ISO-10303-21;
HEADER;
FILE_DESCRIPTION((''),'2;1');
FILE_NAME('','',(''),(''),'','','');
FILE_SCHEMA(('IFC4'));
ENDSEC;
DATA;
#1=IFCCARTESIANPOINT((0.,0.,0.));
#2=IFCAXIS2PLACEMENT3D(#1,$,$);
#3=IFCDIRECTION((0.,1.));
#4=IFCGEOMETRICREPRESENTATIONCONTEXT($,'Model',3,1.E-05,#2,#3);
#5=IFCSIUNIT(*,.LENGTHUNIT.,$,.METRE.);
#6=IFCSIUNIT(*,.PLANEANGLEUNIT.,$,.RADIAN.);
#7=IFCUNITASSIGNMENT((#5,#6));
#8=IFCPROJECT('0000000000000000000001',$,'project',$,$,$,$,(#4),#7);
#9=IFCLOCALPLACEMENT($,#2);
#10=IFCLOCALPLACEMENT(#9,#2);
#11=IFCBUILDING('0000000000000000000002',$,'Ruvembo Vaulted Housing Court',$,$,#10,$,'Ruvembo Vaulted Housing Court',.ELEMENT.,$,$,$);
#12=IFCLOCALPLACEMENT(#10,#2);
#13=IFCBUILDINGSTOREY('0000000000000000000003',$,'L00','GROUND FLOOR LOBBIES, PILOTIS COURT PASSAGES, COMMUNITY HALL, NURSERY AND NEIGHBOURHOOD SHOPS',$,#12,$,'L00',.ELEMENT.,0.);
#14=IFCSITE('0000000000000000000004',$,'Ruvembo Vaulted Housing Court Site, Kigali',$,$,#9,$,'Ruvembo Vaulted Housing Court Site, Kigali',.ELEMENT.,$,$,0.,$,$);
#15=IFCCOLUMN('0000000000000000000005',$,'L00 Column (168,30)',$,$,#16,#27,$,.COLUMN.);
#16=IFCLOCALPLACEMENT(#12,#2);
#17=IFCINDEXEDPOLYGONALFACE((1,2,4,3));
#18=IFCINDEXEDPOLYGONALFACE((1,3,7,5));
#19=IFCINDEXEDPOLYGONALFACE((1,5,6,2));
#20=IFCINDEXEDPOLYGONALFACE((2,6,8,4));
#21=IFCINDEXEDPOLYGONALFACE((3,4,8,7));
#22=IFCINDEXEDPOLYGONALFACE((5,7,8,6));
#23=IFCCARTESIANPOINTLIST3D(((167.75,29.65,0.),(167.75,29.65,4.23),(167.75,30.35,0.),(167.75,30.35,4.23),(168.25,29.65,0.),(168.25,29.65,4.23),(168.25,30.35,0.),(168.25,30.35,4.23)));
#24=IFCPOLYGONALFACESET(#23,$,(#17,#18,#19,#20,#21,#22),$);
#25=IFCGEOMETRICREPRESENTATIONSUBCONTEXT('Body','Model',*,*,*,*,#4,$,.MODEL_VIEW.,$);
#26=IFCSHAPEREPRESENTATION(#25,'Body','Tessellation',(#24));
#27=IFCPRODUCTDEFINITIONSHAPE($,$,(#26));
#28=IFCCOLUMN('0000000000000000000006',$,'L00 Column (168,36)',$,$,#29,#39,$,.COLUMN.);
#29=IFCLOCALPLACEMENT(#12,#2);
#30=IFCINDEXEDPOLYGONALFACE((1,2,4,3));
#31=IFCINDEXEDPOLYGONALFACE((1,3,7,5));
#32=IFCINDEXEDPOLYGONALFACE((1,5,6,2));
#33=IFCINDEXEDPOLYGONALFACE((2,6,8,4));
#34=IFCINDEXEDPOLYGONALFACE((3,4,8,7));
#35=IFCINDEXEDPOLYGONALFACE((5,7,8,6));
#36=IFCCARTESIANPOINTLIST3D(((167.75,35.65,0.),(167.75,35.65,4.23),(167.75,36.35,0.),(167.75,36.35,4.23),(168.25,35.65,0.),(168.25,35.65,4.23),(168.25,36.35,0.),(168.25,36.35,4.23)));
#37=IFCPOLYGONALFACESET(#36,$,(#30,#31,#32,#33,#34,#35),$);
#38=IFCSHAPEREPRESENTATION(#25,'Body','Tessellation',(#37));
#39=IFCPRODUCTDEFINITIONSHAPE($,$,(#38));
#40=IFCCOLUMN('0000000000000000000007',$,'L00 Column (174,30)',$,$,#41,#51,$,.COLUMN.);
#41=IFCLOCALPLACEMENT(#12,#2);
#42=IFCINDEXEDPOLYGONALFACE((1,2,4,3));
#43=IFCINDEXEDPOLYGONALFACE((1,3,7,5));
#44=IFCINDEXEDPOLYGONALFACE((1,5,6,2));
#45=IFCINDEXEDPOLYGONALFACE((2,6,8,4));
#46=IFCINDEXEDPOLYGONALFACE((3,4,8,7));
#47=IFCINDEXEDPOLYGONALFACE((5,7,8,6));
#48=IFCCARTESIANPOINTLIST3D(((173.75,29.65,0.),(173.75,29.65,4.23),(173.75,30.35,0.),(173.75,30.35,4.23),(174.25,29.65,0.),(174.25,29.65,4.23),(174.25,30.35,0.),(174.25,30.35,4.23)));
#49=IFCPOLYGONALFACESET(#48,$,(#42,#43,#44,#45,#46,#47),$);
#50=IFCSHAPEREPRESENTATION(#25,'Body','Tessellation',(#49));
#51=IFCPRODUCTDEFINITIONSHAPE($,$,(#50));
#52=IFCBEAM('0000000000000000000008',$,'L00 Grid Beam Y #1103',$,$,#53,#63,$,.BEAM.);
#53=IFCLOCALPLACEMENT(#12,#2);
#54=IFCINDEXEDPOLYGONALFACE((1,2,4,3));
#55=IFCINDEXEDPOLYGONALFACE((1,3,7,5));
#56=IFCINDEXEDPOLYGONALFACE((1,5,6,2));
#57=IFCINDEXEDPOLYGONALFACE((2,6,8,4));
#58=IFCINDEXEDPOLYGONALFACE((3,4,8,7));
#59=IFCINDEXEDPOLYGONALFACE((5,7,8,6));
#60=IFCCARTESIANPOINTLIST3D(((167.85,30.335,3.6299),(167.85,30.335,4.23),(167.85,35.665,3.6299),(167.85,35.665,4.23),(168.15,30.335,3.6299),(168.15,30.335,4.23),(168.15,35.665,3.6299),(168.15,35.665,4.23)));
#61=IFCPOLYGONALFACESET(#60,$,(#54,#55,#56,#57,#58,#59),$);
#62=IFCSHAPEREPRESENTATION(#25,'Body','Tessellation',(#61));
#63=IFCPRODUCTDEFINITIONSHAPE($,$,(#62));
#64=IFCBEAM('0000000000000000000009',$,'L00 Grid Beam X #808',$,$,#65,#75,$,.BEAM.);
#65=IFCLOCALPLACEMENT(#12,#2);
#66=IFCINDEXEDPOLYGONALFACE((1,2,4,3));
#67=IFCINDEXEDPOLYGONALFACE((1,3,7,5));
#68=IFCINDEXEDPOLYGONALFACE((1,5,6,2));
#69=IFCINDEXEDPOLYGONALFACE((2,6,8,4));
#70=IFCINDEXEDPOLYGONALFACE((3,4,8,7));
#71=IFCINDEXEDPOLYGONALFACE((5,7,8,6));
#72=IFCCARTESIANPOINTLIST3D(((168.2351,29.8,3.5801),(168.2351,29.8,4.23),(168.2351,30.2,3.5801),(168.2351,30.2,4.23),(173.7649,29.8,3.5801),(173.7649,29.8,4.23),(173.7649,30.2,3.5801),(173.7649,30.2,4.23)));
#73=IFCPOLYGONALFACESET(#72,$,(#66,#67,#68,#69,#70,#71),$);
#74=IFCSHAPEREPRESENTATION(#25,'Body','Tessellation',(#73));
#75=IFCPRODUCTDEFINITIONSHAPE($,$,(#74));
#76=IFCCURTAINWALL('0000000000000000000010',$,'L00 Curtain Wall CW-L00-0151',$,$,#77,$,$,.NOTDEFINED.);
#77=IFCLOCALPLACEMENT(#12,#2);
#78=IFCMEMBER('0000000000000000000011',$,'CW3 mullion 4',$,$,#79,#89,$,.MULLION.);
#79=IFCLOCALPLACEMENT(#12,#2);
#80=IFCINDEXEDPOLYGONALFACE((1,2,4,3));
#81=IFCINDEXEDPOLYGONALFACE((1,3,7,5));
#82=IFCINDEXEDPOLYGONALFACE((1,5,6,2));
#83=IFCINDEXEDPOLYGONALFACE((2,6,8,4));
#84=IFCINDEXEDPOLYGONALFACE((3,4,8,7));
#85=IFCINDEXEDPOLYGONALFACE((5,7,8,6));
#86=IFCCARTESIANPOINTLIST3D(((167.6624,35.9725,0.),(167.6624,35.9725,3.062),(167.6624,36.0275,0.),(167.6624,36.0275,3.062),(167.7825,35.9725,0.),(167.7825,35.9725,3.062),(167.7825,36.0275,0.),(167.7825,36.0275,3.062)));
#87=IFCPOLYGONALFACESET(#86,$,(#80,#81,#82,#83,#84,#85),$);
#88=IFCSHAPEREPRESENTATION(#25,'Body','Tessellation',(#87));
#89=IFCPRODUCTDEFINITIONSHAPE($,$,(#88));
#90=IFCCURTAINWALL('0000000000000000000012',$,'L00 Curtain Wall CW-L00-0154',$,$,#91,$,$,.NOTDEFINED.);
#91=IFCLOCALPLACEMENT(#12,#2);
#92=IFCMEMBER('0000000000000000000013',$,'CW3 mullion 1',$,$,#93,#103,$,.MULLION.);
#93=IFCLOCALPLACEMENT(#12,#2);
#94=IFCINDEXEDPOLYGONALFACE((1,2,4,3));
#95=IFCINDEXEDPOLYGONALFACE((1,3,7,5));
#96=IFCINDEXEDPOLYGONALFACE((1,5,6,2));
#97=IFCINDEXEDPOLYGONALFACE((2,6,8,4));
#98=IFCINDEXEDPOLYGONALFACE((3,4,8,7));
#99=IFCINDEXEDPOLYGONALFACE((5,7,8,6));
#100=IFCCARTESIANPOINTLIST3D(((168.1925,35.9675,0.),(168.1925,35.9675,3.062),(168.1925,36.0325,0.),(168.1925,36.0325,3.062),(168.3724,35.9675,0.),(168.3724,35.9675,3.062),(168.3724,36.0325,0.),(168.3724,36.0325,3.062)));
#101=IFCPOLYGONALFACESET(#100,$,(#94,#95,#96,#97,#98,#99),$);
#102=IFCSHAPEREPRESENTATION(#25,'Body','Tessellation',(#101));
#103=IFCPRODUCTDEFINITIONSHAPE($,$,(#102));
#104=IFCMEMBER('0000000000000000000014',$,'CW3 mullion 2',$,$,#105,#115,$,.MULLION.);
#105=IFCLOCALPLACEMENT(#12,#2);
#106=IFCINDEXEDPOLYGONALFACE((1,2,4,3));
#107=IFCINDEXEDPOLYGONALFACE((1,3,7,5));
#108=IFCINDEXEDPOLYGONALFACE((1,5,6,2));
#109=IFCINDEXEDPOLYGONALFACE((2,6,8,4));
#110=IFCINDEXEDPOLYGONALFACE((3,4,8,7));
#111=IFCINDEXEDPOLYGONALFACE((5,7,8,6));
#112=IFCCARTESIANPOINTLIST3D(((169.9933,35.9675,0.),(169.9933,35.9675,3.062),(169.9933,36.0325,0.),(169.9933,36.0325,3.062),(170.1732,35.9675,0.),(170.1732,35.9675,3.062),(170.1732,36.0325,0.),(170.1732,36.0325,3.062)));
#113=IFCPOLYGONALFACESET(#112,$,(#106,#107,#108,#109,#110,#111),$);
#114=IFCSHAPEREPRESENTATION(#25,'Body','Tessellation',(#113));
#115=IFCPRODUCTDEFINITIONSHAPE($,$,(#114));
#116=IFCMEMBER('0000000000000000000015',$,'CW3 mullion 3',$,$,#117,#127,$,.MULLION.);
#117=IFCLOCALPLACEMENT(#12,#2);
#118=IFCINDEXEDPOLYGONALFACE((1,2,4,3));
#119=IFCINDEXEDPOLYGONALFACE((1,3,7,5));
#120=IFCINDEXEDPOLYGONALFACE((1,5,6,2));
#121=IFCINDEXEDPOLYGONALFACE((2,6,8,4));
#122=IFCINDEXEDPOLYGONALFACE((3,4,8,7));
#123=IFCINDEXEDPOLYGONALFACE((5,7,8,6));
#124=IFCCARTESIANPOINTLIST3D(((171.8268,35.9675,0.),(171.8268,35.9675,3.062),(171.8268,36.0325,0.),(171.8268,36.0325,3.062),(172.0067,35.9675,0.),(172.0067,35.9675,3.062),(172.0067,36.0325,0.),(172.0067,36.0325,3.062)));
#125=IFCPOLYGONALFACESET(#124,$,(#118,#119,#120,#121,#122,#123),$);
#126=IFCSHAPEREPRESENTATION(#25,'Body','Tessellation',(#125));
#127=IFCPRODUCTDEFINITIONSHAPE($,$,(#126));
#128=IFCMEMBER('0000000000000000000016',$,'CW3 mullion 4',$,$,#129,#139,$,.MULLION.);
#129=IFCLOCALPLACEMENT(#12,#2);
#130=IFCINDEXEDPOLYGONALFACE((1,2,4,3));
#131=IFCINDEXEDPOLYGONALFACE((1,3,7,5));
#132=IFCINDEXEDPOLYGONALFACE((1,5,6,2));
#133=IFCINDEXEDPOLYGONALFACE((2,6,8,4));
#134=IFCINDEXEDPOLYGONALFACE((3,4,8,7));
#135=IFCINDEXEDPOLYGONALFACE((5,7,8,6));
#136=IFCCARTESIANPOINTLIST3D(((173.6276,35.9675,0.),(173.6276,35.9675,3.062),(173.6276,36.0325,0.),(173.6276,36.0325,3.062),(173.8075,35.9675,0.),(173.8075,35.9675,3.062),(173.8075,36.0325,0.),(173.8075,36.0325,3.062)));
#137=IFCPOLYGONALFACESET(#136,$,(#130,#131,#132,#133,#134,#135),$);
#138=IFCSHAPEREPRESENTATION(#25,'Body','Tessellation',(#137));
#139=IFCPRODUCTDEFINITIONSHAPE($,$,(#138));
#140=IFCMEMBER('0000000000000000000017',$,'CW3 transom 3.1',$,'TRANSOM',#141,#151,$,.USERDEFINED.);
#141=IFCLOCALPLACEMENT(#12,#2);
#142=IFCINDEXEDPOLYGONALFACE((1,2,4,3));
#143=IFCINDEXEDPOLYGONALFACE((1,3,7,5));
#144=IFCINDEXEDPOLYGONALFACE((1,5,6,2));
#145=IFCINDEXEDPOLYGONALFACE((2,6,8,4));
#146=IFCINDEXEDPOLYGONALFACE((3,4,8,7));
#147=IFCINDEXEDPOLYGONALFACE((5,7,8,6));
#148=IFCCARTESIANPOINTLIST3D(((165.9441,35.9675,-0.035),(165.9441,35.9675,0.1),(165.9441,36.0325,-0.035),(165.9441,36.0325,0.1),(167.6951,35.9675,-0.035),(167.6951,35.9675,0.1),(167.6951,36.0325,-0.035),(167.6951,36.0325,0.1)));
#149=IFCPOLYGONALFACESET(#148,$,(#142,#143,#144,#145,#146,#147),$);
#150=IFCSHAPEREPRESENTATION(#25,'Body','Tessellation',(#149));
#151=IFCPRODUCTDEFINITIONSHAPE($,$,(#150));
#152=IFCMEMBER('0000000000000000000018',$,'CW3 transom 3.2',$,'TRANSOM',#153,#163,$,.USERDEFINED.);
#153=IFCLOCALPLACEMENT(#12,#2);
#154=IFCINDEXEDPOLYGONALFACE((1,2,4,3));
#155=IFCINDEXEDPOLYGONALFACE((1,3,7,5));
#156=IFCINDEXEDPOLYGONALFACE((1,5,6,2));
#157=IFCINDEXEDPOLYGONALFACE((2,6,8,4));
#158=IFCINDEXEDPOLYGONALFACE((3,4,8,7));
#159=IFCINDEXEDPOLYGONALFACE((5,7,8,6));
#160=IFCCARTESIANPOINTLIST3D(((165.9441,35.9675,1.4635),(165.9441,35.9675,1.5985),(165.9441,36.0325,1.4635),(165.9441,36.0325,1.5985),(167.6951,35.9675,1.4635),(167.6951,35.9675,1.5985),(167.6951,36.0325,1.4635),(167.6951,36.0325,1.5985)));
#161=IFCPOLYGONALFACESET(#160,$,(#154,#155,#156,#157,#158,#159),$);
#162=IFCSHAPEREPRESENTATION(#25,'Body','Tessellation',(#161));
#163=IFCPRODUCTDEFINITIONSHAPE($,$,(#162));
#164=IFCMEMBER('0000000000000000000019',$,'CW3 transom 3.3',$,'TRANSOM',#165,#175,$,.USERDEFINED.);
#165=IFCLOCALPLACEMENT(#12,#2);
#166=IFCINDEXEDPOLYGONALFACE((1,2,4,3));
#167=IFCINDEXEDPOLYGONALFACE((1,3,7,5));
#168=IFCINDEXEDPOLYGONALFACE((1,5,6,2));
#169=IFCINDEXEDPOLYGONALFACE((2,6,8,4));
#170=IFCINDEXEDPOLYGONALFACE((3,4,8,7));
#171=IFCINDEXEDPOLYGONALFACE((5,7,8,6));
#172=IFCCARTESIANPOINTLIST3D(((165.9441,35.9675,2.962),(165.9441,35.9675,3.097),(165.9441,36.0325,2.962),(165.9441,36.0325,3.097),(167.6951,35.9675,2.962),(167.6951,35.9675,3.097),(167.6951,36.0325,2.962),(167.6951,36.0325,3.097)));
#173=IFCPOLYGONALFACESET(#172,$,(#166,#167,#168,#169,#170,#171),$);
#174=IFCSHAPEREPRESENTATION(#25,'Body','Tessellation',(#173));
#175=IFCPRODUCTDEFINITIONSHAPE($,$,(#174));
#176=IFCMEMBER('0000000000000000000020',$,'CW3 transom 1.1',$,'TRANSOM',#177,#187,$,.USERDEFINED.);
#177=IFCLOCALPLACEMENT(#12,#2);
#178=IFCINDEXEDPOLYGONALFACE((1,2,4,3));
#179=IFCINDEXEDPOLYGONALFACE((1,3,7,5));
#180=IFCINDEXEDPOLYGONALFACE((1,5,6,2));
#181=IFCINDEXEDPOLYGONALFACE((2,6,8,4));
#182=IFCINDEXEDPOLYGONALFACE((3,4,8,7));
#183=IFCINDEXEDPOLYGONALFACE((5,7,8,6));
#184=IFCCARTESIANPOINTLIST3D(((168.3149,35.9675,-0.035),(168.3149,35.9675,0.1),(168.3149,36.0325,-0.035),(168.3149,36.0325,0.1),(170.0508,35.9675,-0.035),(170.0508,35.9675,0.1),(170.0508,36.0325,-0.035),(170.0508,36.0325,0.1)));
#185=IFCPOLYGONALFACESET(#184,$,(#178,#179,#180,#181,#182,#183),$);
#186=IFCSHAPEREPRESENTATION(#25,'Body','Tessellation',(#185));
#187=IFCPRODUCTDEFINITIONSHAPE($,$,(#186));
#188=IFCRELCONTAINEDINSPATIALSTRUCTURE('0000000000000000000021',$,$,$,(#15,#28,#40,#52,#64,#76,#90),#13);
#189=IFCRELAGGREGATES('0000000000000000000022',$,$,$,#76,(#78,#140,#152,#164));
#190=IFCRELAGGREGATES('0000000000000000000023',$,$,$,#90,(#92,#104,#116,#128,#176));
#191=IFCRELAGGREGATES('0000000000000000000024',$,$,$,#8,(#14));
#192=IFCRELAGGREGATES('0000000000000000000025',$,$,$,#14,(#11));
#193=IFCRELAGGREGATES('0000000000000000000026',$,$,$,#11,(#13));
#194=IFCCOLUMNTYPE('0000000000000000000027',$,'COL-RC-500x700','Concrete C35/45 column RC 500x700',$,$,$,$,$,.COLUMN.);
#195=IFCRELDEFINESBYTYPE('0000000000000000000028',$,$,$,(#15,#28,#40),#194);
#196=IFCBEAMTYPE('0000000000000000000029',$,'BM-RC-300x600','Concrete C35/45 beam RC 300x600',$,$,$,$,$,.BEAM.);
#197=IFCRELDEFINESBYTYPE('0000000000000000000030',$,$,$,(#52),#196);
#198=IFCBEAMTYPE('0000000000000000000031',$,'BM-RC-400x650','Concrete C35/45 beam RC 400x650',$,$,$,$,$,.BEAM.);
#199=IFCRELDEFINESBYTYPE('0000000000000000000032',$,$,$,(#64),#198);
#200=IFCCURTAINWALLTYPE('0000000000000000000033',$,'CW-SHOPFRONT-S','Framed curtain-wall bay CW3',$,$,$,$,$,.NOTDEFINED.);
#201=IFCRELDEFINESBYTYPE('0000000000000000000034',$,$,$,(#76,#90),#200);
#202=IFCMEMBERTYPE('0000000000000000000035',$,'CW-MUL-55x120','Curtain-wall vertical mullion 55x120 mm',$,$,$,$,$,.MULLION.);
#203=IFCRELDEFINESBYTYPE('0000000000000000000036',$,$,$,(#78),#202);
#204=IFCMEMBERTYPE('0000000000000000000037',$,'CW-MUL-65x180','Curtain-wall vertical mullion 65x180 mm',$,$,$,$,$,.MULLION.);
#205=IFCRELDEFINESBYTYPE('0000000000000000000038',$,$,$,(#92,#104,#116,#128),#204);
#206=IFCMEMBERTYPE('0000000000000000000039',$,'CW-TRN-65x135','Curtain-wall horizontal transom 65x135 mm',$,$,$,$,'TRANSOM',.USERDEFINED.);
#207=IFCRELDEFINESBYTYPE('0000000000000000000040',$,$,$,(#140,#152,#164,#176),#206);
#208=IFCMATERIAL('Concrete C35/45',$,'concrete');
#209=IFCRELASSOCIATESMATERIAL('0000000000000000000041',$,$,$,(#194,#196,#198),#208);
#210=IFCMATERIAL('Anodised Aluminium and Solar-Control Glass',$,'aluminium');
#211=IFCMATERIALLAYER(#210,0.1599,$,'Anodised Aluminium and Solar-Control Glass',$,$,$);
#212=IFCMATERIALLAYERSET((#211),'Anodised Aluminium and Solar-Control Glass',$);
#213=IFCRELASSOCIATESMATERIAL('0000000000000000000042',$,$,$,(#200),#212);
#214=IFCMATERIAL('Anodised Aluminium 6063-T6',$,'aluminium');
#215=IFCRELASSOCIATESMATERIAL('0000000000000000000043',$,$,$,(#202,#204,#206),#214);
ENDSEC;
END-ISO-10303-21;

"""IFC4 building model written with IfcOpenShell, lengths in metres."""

from ifc_helpers import new_model, si_unit, direction, frame, origin, origin_2d, place, context, subcontext, project, spatial, rectangle, extrude, material, layer, layer_set, material_profile, profile_set, type_object, element, aggregate, save


model = new_model("IFC4")

# Units and contexts
model_context = context("Model", 3, precision=1e-05, world=origin(), true_north=direction((0.0, 1.0)))
body_context = subcontext(model_context, "Body", "Model", "MODEL_VIEW")
ifc_project = project(units=[si_unit("LENGTHUNIT", "METRE"), si_unit("PLANEANGLEUNIT", "RADIAN")], contexts=[model_context])

# Site, building, storey
site_placement = place(None, origin())
site = spatial("IfcSite", under=ifc_project, at=site_placement, Name="Ruvembo Vaulted Housing Court Site, Kigali", LongName="Ruvembo Vaulted Housing Court Site, Kigali", CompositionType="ELEMENT", RefElevation=0.0)
building_placement = place(site_placement, origin())
building = spatial("IfcBuilding", under=site, at=building_placement, Name="Ruvembo Vaulted Housing Court", LongName="Ruvembo Vaulted Housing Court", CompositionType="ELEMENT")
storey_placement = place(building_placement, origin())
storey = spatial("IfcBuildingStorey", under=building, at=storey_placement, Name="L00", Description="GROUND FLOOR LOBBIES, PILOTIS COURT PASSAGES, COMMUNITY HALL, NURSERY AND NEIGHBOURHOOD SHOPS", LongName="L00", CompositionType="ELEMENT", Elevation=0.0)

# Columns
ifc_material_1 = material(Name="Concrete C35/45", Category="concrete")
ifc_material_profile_1 = material_profile(ifc_material_1, rectangle(XDim=0.5, YDim=0.7, at=origin_2d()), Name="RC 500x700")
ifc_profile_set_1 = profile_set([ifc_material_profile_1], Name="Concrete C35/45")
column_type = type_object("IfcColumnType", Name="COL-RC-500x700", Description="Concrete C35/45 column RC 500x700", PredefinedType="COLUMN", material=ifc_profile_set_1)
for number, where, z_axis, x_axis, name in (
    (1, (168.0, 30.0, 0.0), (0.0, 0.0, 1.0), (1.0, 0.0, 0.0), "L00 Column (168,30)"),
    (2, (168.0, 36.0, 0.0), (0.0, 0.0, 1.0), (1.0, 0.0, 0.0), "L00 Column (168,36)"),
    (3, (174.0, 30.0, 0.0), (0.0, 0.0, 1.0), (1.0, 0.0, 0.0), "L00 Column (174,30)"),
):
    element("IfcColumn", number, at=place(storey_placement, frame(where, z_axis=z_axis, x_axis=x_axis)), inside=storey, type_object=column_type, Name=name, PredefinedType="COLUMN", context=body_context, shape_type="SweptSolid", body=[
        extrude(rectangle(XDim=0.5, YDim=0.7, at=origin_2d()), origin(), (0.0, 0.0, 1.0), 4.23),
    ])

# Beams
ifc_material_profile_2 = material_profile(ifc_material_1, rectangle(XDim=0.3, YDim=0.6001, at=origin_2d()), Name="RC 300x600")
ifc_profile_set_2 = profile_set([ifc_material_profile_2], Name="Concrete C35/45")
beam_type_1 = type_object("IfcBeamType", Name="BM-RC-300x600", Description="Concrete C35/45 beam RC 300x600", PredefinedType="BEAM", material=ifc_profile_set_2)
beam_1_placement = place(storey_placement, frame((168.0, 30.335, 3.9299), z_axis=(0.0, 1.0, 0.0), x_axis=(-1.0, 0.0, 0.0)))
element("IfcBeam", 4, at=beam_1_placement, inside=storey, type_object=beam_type_1, Name="L00 Grid Beam Y #1103", PredefinedType="BEAM", context=body_context, shape_type="SweptSolid", body=[
    extrude(rectangle(XDim=0.3, YDim=0.6001, at=origin_2d()), origin(), (0.0, 0.0, 1.0), 5.3301),
])
ifc_material_profile_3 = material_profile(ifc_material_1, rectangle(XDim=0.3999, YDim=0.6499, at=origin_2d()), Name="RC 400x650")
ifc_profile_set_3 = profile_set([ifc_material_profile_3], Name="Concrete C35/45")
beam_type_2 = type_object("IfcBeamType", Name="BM-RC-400x650", Description="Concrete C35/45 beam RC 400x650", PredefinedType="BEAM", material=ifc_profile_set_3)
beam_2_placement = place(storey_placement, frame((168.2351, 30.0, 3.905), z_axis=(1.0, 0.0, 0.0), x_axis=(0.0, 1.0, 0.0)))
element("IfcBeam", 5, at=beam_2_placement, inside=storey, type_object=beam_type_2, Name="L00 Grid Beam X #808", PredefinedType="BEAM", context=body_context, shape_type="SweptSolid", body=[
    extrude(rectangle(XDim=0.3999, YDim=0.6499, at=origin_2d()), origin(), (0.0, 0.0, 1.0), 5.5298),
])

# Curtain wall, member
ifc_material_2 = material(Name="Anodised Aluminium and Solar-Control Glass", Category="aluminium")
ifc_layer_1 = layer(ifc_material_2, 0.1599, Name="Anodised Aluminium and Solar-Control Glass")
ifc_layer_set_1 = layer_set([ifc_layer_1], Name="Anodised Aluminium and Solar-Control Glass")
curtain_wall_type = type_object("IfcCurtainWallType", Name="CW-SHOPFRONT-S", Description="Framed curtain-wall bay CW3", PredefinedType="NOTDEFINED", material=ifc_layer_set_1)
curtain_wall_1_placement = place(storey_placement, origin())
curtain_wall_1 = element("IfcCurtainWall", 6, at=curtain_wall_1_placement, inside=storey, type_object=curtain_wall_type, Name="L00 Curtain Wall CW-L00-0151", PredefinedType="NOTDEFINED")
ifc_material_3 = material(Name="Anodised Aluminium 6063-T6", Category="aluminium")
ifc_material_profile_4 = material_profile(ifc_material_3, rectangle(XDim=0.0549, YDim=0.1201, at=origin_2d()), Name="ALU 55x120")
ifc_profile_set_4 = profile_set([ifc_material_profile_4], Name="Anodised Aluminium 6063-T6")
member_type_1 = type_object("IfcMemberType", Name="CW-MUL-55x120", Description="Curtain-wall vertical mullion 55x120 mm", PredefinedType="MULLION", material=ifc_profile_set_4)
member_1_placement = place(storey_placement, frame((167.7224, 36.0, 0.0), z_axis=(0.0, 0.0, 1.0), x_axis=(0.0, 1.0, 0.0)))
member_1 = element("IfcMember", 7, at=member_1_placement, type_object=member_type_1, Name="CW3 mullion 4", PredefinedType="MULLION", context=body_context, shape_type="SweptSolid", body=[
    extrude(rectangle(XDim=0.0549, YDim=0.1201, at=origin_2d()), origin(), (0.0, 0.0, 1.0), 3.062),
])

# Curtain wall, members
curtain_wall_2_placement = place(storey_placement, origin())
curtain_wall_2 = element("IfcCurtainWall", 8, at=curtain_wall_2_placement, inside=storey, type_object=curtain_wall_type, Name="L00 Curtain Wall CW-L00-0154", PredefinedType="NOTDEFINED")
ifc_material_profile_5 = material_profile(ifc_material_3, rectangle(XDim=0.0649, YDim=0.1799, at=origin_2d()), Name="ALU 65x180")
ifc_profile_set_5 = profile_set([ifc_material_profile_5], Name="Anodised Aluminium 6063-T6")
member_type_2 = type_object("IfcMemberType", Name="CW-MUL-65x180", Description="Curtain-wall vertical mullion 65x180 mm", PredefinedType="MULLION", material=ifc_profile_set_5)
member_2_placement = place(storey_placement, frame((168.2825, 36.0, 0.0), z_axis=(0.0, 0.0, 1.0), x_axis=(0.0, 1.0, 0.0)))
member_2 = element("IfcMember", 9, at=member_2_placement, type_object=member_type_2, Name="CW3 mullion 1", PredefinedType="MULLION", context=body_context, shape_type="SweptSolid", body=[
    extrude(rectangle(XDim=0.0649, YDim=0.1799, at=origin_2d()), origin(), (0.0, 0.0, 1.0), 3.062),
])
member_3_placement = place(storey_placement, frame((170.0833, 36.0, 0.0), z_axis=(0.0, 0.0, 1.0), x_axis=(0.0, 1.0, 0.0)))
member_3 = element("IfcMember", 10, at=member_3_placement, type_object=member_type_2, Name="CW3 mullion 2", PredefinedType="MULLION", context=body_context, shape_type="SweptSolid", body=[
    extrude(rectangle(XDim=0.0649, YDim=0.1799, at=origin_2d()), origin(), (0.0, 0.0, 1.0), 3.062),
])
member_4_placement = place(storey_placement, frame((171.9167, 36.0, 0.0), z_axis=(0.0, 0.0, 1.0), x_axis=(0.0, 1.0, 0.0)))
member_4 = element("IfcMember", 11, at=member_4_placement, type_object=member_type_2, Name="CW3 mullion 3", PredefinedType="MULLION", context=body_context, shape_type="SweptSolid", body=[
    extrude(rectangle(XDim=0.0649, YDim=0.1799, at=origin_2d()), origin(), (0.0, 0.0, 1.0), 3.062),
])
member_5_placement = place(storey_placement, frame((173.7175, 36.0, 0.0), z_axis=(0.0, 0.0, 1.0), x_axis=(0.0, 1.0, 0.0)))
member_5 = element("IfcMember", 12, at=member_5_placement, type_object=member_type_2, Name="CW3 mullion 4", PredefinedType="MULLION", context=body_context, shape_type="SweptSolid", body=[
    extrude(rectangle(XDim=0.0649, YDim=0.1799, at=origin_2d()), origin(), (0.0, 0.0, 1.0), 3.062),
])

# Members
ifc_material_profile_6 = material_profile(ifc_material_3, rectangle(XDim=0.0649, YDim=0.135, at=origin_2d()), Name="ALU 65x135")
ifc_profile_set_6 = profile_set([ifc_material_profile_6], Name="Anodised Aluminium 6063-T6")
member_type_3 = type_object("IfcMemberType", Name="CW-TRN-65x135", Description="Curtain-wall horizontal transom 65x135 mm", ElementType="TRANSOM", PredefinedType="USERDEFINED", material=ifc_profile_set_6)
member_6_placement = place(storey_placement, frame((165.9441, 36.0, 0.0325), z_axis=(1.0, 0.0, 0.0), x_axis=(0.0, 1.0, 0.0)))
member_6 = element("IfcMember", 13, at=member_6_placement, type_object=member_type_3, Name="CW3 transom 3.1", ObjectType="TRANSOM", PredefinedType="USERDEFINED", context=body_context, shape_type="SweptSolid", body=[
    extrude(rectangle(XDim=0.0649, YDim=0.135, at=origin_2d()), origin(), (0.0, 0.0, 1.0), 1.751),
])
member_7_placement = place(storey_placement, frame((165.9441, 36.0, 1.531), z_axis=(1.0, 0.0, 0.0), x_axis=(0.0, 1.0, 0.0)))
member_7 = element("IfcMember", 14, at=member_7_placement, type_object=member_type_3, Name="CW3 transom 3.2", ObjectType="TRANSOM", PredefinedType="USERDEFINED", context=body_context, shape_type="SweptSolid", body=[
    extrude(rectangle(XDim=0.0649, YDim=0.135, at=origin_2d()), origin(), (0.0, 0.0, 1.0), 1.751),
])
member_8_placement = place(storey_placement, frame((165.9441, 36.0, 3.0295), z_axis=(1.0, 0.0, 0.0), x_axis=(0.0, 1.0, 0.0)))
member_8 = element("IfcMember", 15, at=member_8_placement, type_object=member_type_3, Name="CW3 transom 3.3", ObjectType="TRANSOM", PredefinedType="USERDEFINED", context=body_context, shape_type="SweptSolid", body=[
    extrude(rectangle(XDim=0.0649, YDim=0.135, at=origin_2d()), origin(), (0.0, 0.0, 1.0), 1.751),
])
member_9_placement = place(storey_placement, frame((168.3149, 36.0, 0.0325), z_axis=(1.0, 0.0, 0.0), x_axis=(0.0, 1.0, 0.0)))
member_9 = element("IfcMember", 16, at=member_9_placement, type_object=member_type_3, Name="CW3 transom 1.1", ObjectType="TRANSOM", PredefinedType="USERDEFINED", context=body_context, shape_type="SweptSolid", body=[
    extrude(rectangle(XDim=0.0649, YDim=0.135, at=origin_2d()), origin(), (0.0, 0.0, 1.0), 1.7358),
])

aggregate(curtain_wall_1, [member_1, member_6, member_7, member_8])
aggregate(curtain_wall_2, [member_2, member_3, member_4, member_5, member_9])

save(model, "model.ifc")
